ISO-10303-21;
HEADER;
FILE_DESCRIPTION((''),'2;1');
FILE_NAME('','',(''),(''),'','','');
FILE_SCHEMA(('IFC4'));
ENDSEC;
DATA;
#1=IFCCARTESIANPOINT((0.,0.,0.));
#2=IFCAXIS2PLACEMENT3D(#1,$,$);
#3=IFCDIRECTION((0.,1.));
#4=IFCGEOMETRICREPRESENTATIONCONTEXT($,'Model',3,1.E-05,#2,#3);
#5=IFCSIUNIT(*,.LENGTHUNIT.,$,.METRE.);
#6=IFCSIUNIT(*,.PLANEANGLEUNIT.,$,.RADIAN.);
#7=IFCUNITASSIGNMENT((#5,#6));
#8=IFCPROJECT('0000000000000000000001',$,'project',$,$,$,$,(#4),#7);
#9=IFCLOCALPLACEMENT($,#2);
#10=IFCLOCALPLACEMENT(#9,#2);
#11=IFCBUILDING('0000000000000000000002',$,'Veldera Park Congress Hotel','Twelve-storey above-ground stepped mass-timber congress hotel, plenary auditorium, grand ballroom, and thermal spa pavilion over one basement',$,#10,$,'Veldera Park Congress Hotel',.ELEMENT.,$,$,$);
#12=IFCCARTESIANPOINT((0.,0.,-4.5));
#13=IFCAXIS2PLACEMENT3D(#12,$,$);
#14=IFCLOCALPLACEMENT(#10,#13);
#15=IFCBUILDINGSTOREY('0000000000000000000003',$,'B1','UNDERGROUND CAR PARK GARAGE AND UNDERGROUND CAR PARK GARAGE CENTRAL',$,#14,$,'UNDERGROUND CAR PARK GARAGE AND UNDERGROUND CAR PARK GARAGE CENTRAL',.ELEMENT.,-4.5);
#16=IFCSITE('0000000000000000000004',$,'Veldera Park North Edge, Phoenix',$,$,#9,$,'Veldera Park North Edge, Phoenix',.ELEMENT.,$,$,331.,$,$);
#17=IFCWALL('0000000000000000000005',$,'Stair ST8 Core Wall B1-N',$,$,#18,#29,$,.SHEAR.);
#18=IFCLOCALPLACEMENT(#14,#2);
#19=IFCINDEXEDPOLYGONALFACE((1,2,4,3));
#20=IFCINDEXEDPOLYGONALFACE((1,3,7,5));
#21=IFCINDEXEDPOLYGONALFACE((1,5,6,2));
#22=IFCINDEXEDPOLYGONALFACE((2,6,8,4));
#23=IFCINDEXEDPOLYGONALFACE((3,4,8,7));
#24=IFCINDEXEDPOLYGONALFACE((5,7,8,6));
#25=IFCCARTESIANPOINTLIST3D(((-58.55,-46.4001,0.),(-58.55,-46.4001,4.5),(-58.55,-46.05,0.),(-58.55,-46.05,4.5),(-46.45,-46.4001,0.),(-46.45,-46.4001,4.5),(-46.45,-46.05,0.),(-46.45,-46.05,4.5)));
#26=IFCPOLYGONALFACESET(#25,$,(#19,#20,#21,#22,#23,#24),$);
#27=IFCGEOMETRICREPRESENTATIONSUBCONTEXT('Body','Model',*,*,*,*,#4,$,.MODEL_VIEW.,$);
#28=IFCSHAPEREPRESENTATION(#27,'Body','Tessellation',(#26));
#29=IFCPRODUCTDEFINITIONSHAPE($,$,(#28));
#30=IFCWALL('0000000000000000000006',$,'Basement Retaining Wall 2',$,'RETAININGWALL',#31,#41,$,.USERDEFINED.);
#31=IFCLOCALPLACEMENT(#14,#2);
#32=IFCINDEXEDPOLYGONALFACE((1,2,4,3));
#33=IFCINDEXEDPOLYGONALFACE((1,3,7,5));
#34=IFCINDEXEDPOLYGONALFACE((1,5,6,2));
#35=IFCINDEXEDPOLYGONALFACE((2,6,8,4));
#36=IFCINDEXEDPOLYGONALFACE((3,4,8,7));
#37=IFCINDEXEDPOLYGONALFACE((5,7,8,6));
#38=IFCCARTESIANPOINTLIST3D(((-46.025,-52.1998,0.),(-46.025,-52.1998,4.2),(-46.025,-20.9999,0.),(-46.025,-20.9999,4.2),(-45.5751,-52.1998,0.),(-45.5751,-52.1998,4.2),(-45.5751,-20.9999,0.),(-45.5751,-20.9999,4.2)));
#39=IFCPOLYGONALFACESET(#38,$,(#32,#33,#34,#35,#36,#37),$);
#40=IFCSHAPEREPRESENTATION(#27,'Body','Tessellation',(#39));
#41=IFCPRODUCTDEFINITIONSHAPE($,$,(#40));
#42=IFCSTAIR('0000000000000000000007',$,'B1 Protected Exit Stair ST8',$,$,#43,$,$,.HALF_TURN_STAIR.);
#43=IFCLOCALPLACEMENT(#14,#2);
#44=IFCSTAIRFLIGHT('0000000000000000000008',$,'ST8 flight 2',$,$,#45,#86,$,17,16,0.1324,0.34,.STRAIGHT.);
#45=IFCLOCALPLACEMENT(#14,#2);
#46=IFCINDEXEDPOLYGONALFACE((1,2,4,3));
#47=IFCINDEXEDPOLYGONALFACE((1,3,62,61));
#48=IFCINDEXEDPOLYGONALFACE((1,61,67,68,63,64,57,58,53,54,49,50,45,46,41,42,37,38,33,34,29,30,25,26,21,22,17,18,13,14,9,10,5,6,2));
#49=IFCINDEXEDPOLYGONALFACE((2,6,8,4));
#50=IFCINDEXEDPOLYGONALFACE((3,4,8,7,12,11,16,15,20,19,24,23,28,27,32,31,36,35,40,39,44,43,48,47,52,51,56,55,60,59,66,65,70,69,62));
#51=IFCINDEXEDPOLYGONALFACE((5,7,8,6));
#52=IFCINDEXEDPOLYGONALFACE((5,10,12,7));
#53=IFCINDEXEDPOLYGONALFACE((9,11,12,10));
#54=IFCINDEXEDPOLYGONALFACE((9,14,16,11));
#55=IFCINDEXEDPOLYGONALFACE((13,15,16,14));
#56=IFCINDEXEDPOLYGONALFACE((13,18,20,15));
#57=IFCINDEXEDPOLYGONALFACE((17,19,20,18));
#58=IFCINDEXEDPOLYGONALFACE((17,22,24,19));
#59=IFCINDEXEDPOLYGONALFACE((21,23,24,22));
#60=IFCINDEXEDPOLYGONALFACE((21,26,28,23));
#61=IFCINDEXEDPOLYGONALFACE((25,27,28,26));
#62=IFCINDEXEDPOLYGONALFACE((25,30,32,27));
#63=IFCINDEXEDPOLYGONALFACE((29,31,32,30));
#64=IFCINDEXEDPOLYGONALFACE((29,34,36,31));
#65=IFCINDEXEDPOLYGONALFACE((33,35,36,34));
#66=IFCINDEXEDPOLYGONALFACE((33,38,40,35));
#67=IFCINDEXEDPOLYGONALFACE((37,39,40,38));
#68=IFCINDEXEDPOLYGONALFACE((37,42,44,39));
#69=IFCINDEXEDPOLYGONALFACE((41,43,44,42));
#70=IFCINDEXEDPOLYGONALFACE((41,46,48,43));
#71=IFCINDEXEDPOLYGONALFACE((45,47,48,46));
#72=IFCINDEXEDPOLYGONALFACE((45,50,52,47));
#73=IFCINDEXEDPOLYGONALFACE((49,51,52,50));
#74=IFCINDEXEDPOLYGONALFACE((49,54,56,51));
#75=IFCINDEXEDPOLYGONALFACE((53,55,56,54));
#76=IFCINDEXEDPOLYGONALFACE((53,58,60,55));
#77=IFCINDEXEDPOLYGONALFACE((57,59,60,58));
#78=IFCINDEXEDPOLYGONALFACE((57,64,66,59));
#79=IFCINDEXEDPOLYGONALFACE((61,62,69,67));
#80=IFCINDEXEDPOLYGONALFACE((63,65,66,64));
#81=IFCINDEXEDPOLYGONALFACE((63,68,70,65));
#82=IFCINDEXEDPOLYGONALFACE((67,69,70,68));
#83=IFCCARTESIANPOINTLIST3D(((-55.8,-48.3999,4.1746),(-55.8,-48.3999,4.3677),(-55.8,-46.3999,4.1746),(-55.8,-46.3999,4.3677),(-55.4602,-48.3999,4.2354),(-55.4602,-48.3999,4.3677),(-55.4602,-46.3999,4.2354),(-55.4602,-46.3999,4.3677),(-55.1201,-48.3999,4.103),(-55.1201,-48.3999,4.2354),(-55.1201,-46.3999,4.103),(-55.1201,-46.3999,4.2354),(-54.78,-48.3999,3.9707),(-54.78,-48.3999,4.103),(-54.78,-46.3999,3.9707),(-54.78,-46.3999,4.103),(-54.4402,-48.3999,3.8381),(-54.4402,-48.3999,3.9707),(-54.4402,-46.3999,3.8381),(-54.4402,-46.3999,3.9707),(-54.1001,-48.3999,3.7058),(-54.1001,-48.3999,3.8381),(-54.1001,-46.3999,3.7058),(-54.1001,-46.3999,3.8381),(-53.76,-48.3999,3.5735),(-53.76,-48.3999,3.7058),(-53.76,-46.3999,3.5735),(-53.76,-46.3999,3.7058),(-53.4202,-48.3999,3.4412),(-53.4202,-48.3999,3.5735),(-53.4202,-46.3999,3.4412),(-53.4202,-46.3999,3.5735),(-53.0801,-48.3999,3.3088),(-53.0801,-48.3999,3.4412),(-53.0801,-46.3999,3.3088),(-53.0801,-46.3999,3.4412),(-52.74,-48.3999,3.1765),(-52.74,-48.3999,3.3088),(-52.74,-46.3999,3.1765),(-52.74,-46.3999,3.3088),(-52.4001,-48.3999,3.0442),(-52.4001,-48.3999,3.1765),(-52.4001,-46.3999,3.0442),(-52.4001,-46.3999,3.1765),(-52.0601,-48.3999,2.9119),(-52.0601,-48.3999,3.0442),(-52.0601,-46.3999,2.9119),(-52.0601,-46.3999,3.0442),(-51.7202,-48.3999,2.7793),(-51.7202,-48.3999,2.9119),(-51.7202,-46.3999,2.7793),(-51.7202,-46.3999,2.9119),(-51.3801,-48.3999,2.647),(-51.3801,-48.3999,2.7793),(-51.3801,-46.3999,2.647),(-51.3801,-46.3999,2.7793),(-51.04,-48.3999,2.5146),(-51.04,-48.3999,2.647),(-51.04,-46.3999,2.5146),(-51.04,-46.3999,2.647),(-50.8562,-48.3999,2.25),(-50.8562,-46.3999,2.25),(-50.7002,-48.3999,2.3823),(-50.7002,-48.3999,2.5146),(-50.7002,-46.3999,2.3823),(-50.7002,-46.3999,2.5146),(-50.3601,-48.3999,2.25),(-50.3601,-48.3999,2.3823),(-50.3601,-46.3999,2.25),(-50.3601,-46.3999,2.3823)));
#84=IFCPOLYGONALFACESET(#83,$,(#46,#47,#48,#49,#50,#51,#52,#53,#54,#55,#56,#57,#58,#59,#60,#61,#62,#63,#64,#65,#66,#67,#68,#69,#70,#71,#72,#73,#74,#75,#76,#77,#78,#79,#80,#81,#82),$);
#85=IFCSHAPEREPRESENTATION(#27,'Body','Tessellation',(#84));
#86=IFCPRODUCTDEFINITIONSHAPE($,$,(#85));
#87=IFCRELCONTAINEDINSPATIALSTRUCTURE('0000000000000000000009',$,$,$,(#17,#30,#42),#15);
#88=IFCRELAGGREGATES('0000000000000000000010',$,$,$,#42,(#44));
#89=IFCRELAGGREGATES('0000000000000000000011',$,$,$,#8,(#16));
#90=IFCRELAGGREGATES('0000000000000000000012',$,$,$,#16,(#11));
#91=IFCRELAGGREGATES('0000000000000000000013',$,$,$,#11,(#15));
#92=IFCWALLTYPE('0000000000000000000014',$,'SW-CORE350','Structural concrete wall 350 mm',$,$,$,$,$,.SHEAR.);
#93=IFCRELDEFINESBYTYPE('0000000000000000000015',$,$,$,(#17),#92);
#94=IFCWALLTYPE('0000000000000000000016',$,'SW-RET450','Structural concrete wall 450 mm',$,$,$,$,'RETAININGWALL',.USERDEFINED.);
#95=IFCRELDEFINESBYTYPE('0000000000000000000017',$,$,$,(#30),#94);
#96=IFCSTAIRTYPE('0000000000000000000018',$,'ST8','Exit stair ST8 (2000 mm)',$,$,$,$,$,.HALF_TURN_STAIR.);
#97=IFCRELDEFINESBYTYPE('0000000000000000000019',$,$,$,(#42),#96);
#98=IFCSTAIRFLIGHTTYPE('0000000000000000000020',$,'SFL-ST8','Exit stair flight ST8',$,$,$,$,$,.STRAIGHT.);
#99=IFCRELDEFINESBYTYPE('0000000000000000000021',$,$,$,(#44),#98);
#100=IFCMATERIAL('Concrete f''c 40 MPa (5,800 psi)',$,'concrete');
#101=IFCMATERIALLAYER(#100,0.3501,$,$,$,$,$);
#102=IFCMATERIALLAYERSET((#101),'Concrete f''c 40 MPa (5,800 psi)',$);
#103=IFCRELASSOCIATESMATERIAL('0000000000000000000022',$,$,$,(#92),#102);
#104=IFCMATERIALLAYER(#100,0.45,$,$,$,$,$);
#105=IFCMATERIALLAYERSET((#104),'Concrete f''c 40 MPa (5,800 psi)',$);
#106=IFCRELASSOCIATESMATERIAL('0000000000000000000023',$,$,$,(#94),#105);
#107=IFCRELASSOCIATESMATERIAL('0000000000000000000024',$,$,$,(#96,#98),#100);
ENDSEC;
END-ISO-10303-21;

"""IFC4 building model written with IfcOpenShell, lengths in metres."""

from ifc_helpers import new_model, si_unit, direction, frame, frame_2d, origin, place, context, subcontext, project, spatial, polyline, rectangle, outline, extrude, material, layer, layer_set, type_object, element, aggregate, save


model = new_model("IFC4")

# Units and contexts
model_context = context("Model", 3, precision=1e-05, world=origin(), true_north=direction((0.0, 1.0)))
body_context = subcontext(model_context, "Body", "Model", "MODEL_VIEW")
ifc_project = project(units=[si_unit("LENGTHUNIT", "METRE"), si_unit("PLANEANGLEUNIT", "RADIAN")], contexts=[model_context])

# Site, building, storey
site_placement = place(None, origin())
site = spatial("IfcSite", under=ifc_project, at=site_placement, Name="Veldera Park North Edge, Phoenix", LongName="Veldera Park North Edge, Phoenix", CompositionType="ELEMENT", RefElevation=331.0)
building_placement = place(site_placement, origin())
building = spatial("IfcBuilding", under=site, at=building_placement, Name="Veldera Park Congress Hotel", Description="Twelve-storey above-ground stepped mass-timber congress hotel, plenary auditorium, grand ballroom, and thermal spa pavilion over one basement", LongName="Veldera Park Congress Hotel", CompositionType="ELEMENT")
storey_placement = place(building_placement, frame((0.0, 0.0, -4.5)))
storey = spatial("IfcBuildingStorey", under=building, at=storey_placement, Name="B1", Description="UNDERGROUND CAR PARK GARAGE AND UNDERGROUND CAR PARK GARAGE CENTRAL", LongName="UNDERGROUND CAR PARK GARAGE AND UNDERGROUND CAR PARK GARAGE CENTRAL", CompositionType="ELEMENT", Elevation=-4.5)

# Shared definitions
ifc_material_1 = material(Name="Concrete f'c 40 MPa (5,800 psi)", Category="concrete")

# Walls
ifc_layer_1 = layer(ifc_material_1, 0.3501)
ifc_layer_set_1 = layer_set([ifc_layer_1], Name="Concrete f'c 40 MPa (5,800 psi)")
wall_type_1 = type_object("IfcWallType", Name="SW-CORE350", Description="Structural concrete wall 350 mm", PredefinedType="SHEAR", material=ifc_layer_set_1)
wall_1_placement = place(storey_placement, frame((-46.45, -46.2251, 0.0), z_axis=(0.0, 0.0, 1.0), x_axis=(-1.0, 0.0, 0.0)))
element("IfcWall", 1, at=wall_1_placement, inside=storey, type_object=wall_type_1, Name="Stair ST8 Core Wall B1-N", PredefinedType="SHEAR", context=body_context, shape_type="SweptSolid", body=[
    extrude(rectangle(XDim=12.1001, YDim=0.3501, at=frame_2d((6.05, 0.0))), origin(), (0.0, 0.0, 1.0), 4.5),
])
ifc_layer_2 = layer(ifc_material_1, 0.45)
ifc_layer_set_2 = layer_set([ifc_layer_2], Name="Concrete f'c 40 MPa (5,800 psi)")
wall_type_2 = type_object("IfcWallType", Name="SW-RET450", Description="Structural concrete wall 450 mm", ElementType="RETAININGWALL", PredefinedType="USERDEFINED", material=ifc_layer_set_2)
wall_2_placement = place(storey_placement, frame((-45.8, -52.2, 0.0), z_axis=(0.0, 0.0, 1.0), x_axis=(0.0, 1.0, 0.0)))
element("IfcWall", 2, at=wall_2_placement, inside=storey, type_object=wall_type_2, Name="Basement Retaining Wall 2", ObjectType="RETAININGWALL", PredefinedType="USERDEFINED", context=body_context, shape_type="SweptSolid", body=[
    extrude(rectangle(XDim=31.2, YDim=0.45, at=frame_2d((15.6001, 0.0))), origin(), (0.0, 0.0, 1.0), 4.2),
])

# Stair, stair flight
stair_type = type_object("IfcStairType", Name="ST8", Description="Exit stair ST8 (2000 mm)", PredefinedType="HALF_TURN_STAIR", material=ifc_material_1)
stair_placement = place(storey_placement, origin())
stair = element("IfcStair", 3, at=stair_placement, inside=storey, type_object=stair_type, Name="B1 Protected Exit Stair ST8", PredefinedType="HALF_TURN_STAIR")
stair_flight_type = type_object("IfcStairFlightType", Name="SFL-ST8", Description="Exit stair flight ST8", PredefinedType="STRAIGHT", material=ifc_material_1)
stair_flight_placement = place(storey_placement, frame((-50.3601, -47.3999, 2.25), z_axis=(0.0, 0.0, 1.0), x_axis=(-1.0, 0.0, 0.0)))
stair_flight = element("IfcStairFlight", 4, at=stair_flight_placement, type_object=stair_flight_type, Name="ST8 flight 2", NumberOfRisers=17, NumberOfTreads=16, PredefinedType="STRAIGHT", RiserHeight=0.1324, TreadLength=0.34, context=body_context, shape_type="SweptSolid", body=[
    extrude(outline(polyline([(0.0, 0.0), (0.0, 0.1323), (0.3401, 0.1323), (0.3401, 0.2646), (0.6799, 0.2646), (0.6799, 0.397), (1.02, 0.397), (1.02, 0.5293), (1.3601, 0.5293), (1.3601, 0.6619), (1.7, 0.6619), (1.7, 0.7942), (2.04, 0.7942), (2.04, 0.9265), (2.3799, 0.9265), (2.3799, 1.0588), (2.72, 1.0588), (2.72, 1.1912), (3.0601, 1.1912), (3.0601, 1.3235), (3.3999, 1.3235), (3.3999, 1.4558), (3.74, 1.4558), (3.74, 1.5881), (4.0801, 1.5881), (4.0801, 1.7207), (4.4199, 1.7207), (4.4199, 1.853), (4.76, 1.853), (4.76, 1.9854), (5.1001, 1.9854), (5.1001, 2.1177), (5.4399, 2.1177), (5.4399, 2.25), (5.4399, 2.25), (5.4399, 1.9246), (0.4961, 0.0), (0.0, 0.0)])), frame((0.0, 1.0, 0.0), z_axis=(0.0, -1.0, 0.0), x_axis=(1.0, 0.0, 0.0)), (0.0, 0.0, 1.0), 2.0),
])
aggregate(stair, [stair_flight])

save(model, "model.ifc")
